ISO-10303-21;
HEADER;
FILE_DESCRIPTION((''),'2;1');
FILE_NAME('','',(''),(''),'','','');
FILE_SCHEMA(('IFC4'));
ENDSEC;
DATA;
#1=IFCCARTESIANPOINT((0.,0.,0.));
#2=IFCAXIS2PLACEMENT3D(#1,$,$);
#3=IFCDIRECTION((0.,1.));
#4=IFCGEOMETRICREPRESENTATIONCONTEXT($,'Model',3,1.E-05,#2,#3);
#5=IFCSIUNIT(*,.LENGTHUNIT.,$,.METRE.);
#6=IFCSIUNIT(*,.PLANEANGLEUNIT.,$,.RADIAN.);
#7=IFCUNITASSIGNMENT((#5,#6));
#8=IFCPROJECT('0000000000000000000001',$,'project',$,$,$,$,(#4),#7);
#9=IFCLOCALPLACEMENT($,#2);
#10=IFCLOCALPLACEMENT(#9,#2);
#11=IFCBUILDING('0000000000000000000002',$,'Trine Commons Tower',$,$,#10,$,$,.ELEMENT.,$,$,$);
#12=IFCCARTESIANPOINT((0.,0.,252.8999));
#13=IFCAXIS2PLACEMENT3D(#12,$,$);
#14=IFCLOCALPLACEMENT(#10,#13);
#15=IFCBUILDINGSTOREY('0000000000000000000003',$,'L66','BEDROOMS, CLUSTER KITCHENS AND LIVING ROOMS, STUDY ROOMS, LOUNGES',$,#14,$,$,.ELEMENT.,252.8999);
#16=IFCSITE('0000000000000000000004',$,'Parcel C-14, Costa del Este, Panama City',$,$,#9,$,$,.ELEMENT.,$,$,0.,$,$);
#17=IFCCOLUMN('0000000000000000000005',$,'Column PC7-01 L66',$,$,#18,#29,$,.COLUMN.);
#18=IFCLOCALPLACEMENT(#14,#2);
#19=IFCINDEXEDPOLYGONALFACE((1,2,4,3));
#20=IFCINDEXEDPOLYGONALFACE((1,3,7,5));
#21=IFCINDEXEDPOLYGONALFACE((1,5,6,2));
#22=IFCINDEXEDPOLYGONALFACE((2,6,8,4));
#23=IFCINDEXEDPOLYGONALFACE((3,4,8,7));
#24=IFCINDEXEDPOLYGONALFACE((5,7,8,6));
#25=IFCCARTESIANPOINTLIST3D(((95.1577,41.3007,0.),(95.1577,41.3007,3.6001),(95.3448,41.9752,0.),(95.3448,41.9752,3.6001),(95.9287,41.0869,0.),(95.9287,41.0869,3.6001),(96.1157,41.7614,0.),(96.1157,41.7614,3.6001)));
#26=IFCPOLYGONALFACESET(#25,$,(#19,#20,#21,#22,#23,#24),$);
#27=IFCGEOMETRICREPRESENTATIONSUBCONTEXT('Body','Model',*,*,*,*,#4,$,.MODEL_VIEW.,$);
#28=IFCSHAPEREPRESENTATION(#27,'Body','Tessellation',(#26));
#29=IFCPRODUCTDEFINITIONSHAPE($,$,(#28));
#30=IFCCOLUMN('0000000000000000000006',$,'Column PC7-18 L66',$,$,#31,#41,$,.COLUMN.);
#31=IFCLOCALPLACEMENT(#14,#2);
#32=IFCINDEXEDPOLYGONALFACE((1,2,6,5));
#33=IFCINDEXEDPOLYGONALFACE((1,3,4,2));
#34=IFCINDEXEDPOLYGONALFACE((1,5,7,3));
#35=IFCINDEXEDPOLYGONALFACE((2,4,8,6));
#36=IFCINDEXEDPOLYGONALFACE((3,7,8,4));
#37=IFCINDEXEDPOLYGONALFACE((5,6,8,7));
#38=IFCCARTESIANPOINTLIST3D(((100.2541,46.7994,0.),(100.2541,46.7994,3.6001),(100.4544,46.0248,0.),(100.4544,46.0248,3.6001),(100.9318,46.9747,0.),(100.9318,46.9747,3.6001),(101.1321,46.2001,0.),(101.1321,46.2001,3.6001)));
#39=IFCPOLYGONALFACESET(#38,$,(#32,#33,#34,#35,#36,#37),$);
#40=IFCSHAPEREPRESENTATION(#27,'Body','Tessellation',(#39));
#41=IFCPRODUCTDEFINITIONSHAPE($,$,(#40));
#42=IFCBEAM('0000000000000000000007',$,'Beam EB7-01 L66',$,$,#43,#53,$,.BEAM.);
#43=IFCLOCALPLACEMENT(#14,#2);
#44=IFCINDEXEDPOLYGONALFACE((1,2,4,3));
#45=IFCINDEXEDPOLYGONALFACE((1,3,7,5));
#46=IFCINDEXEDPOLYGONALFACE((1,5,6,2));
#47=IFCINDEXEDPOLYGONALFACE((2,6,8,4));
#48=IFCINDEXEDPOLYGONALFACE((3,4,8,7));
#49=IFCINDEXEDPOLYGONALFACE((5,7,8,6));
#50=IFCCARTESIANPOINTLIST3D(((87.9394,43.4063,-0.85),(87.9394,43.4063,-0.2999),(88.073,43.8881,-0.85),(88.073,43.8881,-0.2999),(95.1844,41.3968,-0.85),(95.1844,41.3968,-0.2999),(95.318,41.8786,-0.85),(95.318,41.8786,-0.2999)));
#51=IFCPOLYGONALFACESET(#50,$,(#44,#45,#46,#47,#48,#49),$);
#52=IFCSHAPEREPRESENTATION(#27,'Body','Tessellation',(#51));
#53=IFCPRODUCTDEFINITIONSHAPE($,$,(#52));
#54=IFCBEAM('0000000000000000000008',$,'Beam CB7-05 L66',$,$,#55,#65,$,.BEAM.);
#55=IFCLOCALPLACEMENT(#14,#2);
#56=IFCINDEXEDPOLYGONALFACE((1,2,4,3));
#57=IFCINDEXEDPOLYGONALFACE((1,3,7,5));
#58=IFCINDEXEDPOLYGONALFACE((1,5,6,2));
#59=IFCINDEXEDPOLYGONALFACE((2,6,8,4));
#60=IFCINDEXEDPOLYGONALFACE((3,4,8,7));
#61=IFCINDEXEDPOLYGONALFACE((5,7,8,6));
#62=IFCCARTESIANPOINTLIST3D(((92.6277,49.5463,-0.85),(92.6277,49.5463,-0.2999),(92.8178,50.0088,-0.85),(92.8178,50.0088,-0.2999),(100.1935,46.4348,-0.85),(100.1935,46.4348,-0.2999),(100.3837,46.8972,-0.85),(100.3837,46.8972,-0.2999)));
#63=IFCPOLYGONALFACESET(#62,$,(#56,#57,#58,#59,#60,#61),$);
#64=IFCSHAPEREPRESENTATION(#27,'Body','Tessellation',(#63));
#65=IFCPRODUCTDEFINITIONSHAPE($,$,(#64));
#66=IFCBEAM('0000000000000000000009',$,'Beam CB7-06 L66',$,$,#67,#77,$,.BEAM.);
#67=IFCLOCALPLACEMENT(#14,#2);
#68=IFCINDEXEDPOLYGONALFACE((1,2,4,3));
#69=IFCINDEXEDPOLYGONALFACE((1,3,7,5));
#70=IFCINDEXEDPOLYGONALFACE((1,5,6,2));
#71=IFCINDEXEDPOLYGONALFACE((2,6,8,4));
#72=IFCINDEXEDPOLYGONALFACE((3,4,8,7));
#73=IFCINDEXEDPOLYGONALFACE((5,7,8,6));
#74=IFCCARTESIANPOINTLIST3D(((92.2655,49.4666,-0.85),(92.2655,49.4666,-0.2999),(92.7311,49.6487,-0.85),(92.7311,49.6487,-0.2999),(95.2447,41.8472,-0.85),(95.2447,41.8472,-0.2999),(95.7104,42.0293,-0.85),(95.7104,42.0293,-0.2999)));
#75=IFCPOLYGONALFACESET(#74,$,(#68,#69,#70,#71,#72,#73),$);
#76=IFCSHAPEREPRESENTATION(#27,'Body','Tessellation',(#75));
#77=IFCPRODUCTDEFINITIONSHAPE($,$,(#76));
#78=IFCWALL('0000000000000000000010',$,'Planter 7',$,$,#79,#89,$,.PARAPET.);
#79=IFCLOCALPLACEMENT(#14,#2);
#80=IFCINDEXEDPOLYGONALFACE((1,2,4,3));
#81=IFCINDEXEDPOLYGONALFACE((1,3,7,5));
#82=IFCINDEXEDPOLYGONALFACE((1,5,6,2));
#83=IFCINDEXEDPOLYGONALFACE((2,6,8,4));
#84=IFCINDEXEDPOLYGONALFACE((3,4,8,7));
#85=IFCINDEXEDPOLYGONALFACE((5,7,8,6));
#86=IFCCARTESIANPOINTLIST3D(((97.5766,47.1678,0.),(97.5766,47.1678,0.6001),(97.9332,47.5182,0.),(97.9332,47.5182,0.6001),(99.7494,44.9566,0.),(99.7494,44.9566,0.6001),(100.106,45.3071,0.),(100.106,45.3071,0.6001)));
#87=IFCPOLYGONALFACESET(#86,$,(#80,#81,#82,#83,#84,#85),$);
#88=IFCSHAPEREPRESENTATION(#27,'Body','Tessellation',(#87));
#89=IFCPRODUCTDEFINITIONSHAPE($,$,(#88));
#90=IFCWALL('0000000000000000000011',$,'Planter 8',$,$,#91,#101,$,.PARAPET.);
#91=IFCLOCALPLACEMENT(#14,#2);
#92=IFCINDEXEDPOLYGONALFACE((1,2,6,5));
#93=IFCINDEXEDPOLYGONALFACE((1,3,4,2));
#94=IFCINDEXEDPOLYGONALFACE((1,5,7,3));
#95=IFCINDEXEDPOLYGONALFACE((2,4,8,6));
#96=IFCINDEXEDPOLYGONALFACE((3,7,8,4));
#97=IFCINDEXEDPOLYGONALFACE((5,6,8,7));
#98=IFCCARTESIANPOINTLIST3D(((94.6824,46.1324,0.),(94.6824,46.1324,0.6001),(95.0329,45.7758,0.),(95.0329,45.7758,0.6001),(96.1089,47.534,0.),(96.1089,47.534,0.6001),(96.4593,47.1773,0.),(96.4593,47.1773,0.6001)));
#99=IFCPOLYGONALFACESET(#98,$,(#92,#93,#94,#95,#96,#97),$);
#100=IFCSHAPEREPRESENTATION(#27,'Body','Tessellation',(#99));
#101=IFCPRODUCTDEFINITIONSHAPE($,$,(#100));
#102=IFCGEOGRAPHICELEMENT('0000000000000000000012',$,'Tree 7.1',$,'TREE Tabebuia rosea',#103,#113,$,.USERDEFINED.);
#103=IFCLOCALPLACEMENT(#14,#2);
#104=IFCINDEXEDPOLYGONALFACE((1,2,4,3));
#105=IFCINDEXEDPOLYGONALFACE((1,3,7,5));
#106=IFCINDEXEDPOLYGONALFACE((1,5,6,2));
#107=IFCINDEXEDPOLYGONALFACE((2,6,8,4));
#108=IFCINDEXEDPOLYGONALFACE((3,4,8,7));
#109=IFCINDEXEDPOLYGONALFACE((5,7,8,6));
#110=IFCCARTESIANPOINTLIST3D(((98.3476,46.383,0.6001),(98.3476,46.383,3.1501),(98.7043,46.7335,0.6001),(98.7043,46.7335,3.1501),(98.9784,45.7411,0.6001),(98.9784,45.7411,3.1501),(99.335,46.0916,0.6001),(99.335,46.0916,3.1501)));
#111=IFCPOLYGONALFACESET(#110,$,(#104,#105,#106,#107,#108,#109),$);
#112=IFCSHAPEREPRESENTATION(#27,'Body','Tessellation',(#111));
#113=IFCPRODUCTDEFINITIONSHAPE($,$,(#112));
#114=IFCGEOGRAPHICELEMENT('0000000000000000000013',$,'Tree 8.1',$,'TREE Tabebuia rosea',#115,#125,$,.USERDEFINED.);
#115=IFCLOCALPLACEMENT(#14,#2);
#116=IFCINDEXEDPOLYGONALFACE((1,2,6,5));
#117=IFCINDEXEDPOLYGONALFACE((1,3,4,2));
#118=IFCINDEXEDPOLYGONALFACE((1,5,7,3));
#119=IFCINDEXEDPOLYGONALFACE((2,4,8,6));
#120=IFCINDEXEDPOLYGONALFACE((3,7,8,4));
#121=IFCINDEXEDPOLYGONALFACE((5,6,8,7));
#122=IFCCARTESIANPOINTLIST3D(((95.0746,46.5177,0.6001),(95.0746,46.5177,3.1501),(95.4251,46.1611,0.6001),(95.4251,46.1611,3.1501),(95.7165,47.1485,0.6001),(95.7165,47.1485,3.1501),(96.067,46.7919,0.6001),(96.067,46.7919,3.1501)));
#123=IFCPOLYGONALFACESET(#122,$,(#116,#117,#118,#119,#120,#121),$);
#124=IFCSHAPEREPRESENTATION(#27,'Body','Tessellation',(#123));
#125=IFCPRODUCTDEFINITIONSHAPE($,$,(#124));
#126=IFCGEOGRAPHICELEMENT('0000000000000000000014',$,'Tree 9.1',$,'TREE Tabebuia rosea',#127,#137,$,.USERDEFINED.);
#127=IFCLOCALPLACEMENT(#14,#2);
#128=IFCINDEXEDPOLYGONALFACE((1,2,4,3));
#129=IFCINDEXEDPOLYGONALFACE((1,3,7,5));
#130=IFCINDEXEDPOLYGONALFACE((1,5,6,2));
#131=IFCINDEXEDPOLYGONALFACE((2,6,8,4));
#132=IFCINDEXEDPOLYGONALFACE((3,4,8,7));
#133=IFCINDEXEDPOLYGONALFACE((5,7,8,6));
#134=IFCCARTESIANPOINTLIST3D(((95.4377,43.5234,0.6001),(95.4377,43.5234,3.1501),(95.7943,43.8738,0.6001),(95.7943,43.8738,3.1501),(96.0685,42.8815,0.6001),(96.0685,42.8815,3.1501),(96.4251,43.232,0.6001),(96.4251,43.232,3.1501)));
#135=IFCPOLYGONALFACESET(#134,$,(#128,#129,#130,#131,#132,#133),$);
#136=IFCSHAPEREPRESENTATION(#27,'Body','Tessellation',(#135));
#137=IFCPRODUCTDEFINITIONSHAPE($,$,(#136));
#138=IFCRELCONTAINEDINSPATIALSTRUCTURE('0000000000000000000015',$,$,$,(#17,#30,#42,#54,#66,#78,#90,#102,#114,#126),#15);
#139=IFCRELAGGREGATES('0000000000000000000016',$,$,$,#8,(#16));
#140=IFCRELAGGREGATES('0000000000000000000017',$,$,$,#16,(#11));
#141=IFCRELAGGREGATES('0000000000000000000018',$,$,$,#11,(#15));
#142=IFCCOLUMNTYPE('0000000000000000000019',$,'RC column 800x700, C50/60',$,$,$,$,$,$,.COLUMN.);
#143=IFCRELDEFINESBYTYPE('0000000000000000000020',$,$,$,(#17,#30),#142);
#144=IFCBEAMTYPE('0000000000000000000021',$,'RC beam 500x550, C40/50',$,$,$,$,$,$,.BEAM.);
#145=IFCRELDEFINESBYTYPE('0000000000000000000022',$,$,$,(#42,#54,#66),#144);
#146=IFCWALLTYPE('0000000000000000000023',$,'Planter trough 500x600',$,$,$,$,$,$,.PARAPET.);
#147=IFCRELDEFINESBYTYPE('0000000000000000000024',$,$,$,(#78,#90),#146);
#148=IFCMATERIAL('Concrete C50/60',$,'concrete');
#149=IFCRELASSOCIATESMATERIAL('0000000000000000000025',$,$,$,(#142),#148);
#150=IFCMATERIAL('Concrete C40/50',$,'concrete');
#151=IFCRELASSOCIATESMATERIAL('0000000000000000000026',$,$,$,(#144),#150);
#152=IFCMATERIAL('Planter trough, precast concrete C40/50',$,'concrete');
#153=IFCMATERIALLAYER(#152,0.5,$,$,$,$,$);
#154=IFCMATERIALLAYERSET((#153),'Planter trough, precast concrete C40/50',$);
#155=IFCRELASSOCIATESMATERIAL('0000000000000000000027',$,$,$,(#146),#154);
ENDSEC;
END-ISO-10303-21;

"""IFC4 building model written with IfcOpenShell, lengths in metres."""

from ifc_helpers import new_model, si_unit, direction, frame, frame_2d, origin, origin_2d, place, context, subcontext, project, spatial, rectangle, extrude, material, layer, layer_set, material_profile, profile_set, type_object, element, save


model = new_model("IFC4")

# Units and contexts
model_context = context("Model", 3, precision=1e-05, world=origin(), true_north=direction((0.0, 1.0)))
body_context = subcontext(model_context, "Body", "Model", "MODEL_VIEW")
ifc_project = project(units=[si_unit("LENGTHUNIT", "METRE"), si_unit("PLANEANGLEUNIT", "RADIAN")], contexts=[model_context])

# Site, building, storey
site_placement = place(None, origin())
site = spatial("IfcSite", under=ifc_project, at=site_placement, Name="Parcel C-14, Costa del Este, Panama City", CompositionType="ELEMENT", RefElevation=0.0)
building_placement = place(site_placement, origin())
building = spatial("IfcBuilding", under=site, at=building_placement, Name="Trine Commons Tower", CompositionType="ELEMENT")
storey_placement = place(building_placement, frame((0.0, 0.0, 252.8999)))
storey = spatial("IfcBuildingStorey", under=building, at=storey_placement, Name="L66", Description="BEDROOMS, CLUSTER KITCHENS AND LIVING ROOMS, STUDY ROOMS, LOUNGES", CompositionType="ELEMENT", Elevation=252.8999)

# Columns
ifc_material_1 = material(Name="Concrete C50/60", Category="concrete")
ifc_material_profile_1 = material_profile(ifc_material_1, rectangle(XDim=0.8, YDim=0.7, at=origin_2d()), Name="RC 800x700")
ifc_profile_set_1 = profile_set([ifc_material_profile_1], Name="Concrete C50/60")
column_type = type_object("IfcColumnType", Name="RC column 800x700, C50/60", PredefinedType="COLUMN", material=ifc_profile_set_1)
for number, where, z_axis, x_axis, name in (
    (1, (95.6367, 41.531, 0.0), (0.0, 0.0, 1.0), (-0.96363, 0.267238, 0.0), "Column PC7-01 L66"),
    (2, (100.6931, 46.4998, 0.0), (0.0, 0.0, 1.0), (-0.25038, 0.968148, 0.0), "Column PC7-18 L66"),
):
    element("IfcColumn", number, at=place(storey_placement, frame(where, z_axis=z_axis, x_axis=x_axis)), inside=storey, type_object=column_type, Name=name, PredefinedType="COLUMN", context=body_context, shape_type="SweptSolid", body=[
        extrude(rectangle(XDim=0.8, YDim=0.7, at=origin_2d()), origin(), (0.0, 0.0, 1.0), 3.6001),
    ])

# Beams
ifc_material_2 = material(Name="Concrete C40/50", Category="concrete")
ifc_material_profile_2 = material_profile(ifc_material_2, rectangle(XDim=0.5, YDim=0.55, at=origin_2d()), Name="RC 500x550")
ifc_profile_set_2 = profile_set([ifc_material_profile_2], Name="Concrete C40/50")
beam_type = type_object("IfcBeamType", Name="RC beam 500x550, C40/50", PredefinedType="BEAM", material=ifc_profile_set_2)
beam_1_placement = place(storey_placement, frame((95.2512, 41.6377, -0.575), z_axis=(-0.963621, 0.267272, 0.0), x_axis=(-0.267272, -0.963621, 0.0)))
element("IfcBeam", 3, at=beam_1_placement, inside=storey, type_object=beam_type, Name="Beam EB7-01 L66", PredefinedType="BEAM", context=body_context, shape_type="SweptSolid", body=[
    extrude(rectangle(XDim=0.5, YDim=0.55, at=origin_2d()), origin(), (0.0, 0.0, 1.0), 7.5186),
])
beam_2_placement = place(storey_placement, frame((100.2886, 46.666, -0.575), z_axis=(-0.924842, 0.380352, 0.0), x_axis=(-0.380352, -0.924842, 0.0)))
element("IfcBeam", 4, at=beam_2_placement, inside=storey, type_object=beam_type, Name="Beam CB7-05 L66", PredefinedType="BEAM", context=body_context, shape_type="SweptSolid", body=[
    extrude(rectangle(XDim=0.5, YDim=0.55, at=origin_2d()), origin(), (0.0, 0.0, 1.0), 8.1807),
])
beam_3_placement = place(storey_placement, frame((95.4775, 41.9382, -0.575), z_axis=(-0.364161, 0.931336, 0.0), x_axis=(-0.931336, -0.364161, 0.0)))
element("IfcBeam", 5, at=beam_3_placement, inside=storey, type_object=beam_type, Name="Beam CB7-06 L66", PredefinedType="BEAM", context=body_context, shape_type="SweptSolid", body=[
    extrude(rectangle(XDim=0.5, YDim=0.55, at=origin_2d()), origin(), (0.0, 0.0, 1.0), 8.1812),
])

# Walls
ifc_material_3 = material(Name="Planter trough, precast concrete C40/50", Category="concrete")
ifc_layer = layer(ifc_material_3, 0.5)
ifc_layer_set = layer_set([ifc_layer], Name="Planter trough, precast concrete C40/50")
wall_type = type_object("IfcWallType", Name="Planter trough 500x600", PredefinedType="PARAPET", material=ifc_layer_set)
wall_1_placement = place(storey_placement, frame((99.9277, 45.1318, 0.0), z_axis=(0.0, 0.0, 1.0), x_axis=(-0.700898, 0.713262, 0.0)))
element("IfcWall", 6, at=wall_1_placement, inside=storey, type_object=wall_type, Name="Planter 7", PredefinedType="PARAPET", context=body_context, shape_type="SweptSolid", body=[
    extrude(rectangle(XDim=3.1001, YDim=0.5, at=frame_2d((1.55, 0.0))), origin(), (0.0, 0.0, 1.0), 0.6001),
])
wall_2_placement = place(storey_placement, frame((96.2842, 47.3557, 0.0), z_axis=(0.0, 0.0, 1.0), x_axis=(-0.713305, -0.700853, 0.0)))
element("IfcWall", 7, at=wall_2_placement, inside=storey, type_object=wall_type, Name="Planter 8", PredefinedType="PARAPET", context=body_context, shape_type="SweptSolid", body=[
    extrude(rectangle(XDim=1.9998, YDim=0.5, at=frame_2d((1.0, 0.0))), origin(), (0.0, 0.0, 1.0), 0.6001),
])

# Geographic elements
for number, where, z_axis, x_axis, name in (
    (8, (98.8413, 46.2373, 0.6001), (0.0, 0.0, 1.0), (-0.700898, 0.713261, 0.0), "Tree 7.1"),
    (9, (95.5708, 46.6548, 0.6001), (0.0, 0.0, 1.0), (-0.713239, -0.70092, 0.0), "Tree 8.1"),
    (10, (95.9314, 43.3777, 0.6001), (0.0, 0.0, 1.0), (0.700898, -0.713261, 0.0), "Tree 9.1"),
):
    element("IfcGeographicElement", number, at=place(storey_placement, frame(where, z_axis=z_axis, x_axis=x_axis)), inside=storey, Name=name, ObjectType="TREE Tabebuia rosea", PredefinedType="USERDEFINED", context=body_context, shape_type="SweptSolid", body=[
        extrude(rectangle(XDim=0.8999, YDim=0.5, at=origin_2d()), origin(), (0.0, 0.0, 1.0), 2.55),
    ])

save(model, "model.ifc")
